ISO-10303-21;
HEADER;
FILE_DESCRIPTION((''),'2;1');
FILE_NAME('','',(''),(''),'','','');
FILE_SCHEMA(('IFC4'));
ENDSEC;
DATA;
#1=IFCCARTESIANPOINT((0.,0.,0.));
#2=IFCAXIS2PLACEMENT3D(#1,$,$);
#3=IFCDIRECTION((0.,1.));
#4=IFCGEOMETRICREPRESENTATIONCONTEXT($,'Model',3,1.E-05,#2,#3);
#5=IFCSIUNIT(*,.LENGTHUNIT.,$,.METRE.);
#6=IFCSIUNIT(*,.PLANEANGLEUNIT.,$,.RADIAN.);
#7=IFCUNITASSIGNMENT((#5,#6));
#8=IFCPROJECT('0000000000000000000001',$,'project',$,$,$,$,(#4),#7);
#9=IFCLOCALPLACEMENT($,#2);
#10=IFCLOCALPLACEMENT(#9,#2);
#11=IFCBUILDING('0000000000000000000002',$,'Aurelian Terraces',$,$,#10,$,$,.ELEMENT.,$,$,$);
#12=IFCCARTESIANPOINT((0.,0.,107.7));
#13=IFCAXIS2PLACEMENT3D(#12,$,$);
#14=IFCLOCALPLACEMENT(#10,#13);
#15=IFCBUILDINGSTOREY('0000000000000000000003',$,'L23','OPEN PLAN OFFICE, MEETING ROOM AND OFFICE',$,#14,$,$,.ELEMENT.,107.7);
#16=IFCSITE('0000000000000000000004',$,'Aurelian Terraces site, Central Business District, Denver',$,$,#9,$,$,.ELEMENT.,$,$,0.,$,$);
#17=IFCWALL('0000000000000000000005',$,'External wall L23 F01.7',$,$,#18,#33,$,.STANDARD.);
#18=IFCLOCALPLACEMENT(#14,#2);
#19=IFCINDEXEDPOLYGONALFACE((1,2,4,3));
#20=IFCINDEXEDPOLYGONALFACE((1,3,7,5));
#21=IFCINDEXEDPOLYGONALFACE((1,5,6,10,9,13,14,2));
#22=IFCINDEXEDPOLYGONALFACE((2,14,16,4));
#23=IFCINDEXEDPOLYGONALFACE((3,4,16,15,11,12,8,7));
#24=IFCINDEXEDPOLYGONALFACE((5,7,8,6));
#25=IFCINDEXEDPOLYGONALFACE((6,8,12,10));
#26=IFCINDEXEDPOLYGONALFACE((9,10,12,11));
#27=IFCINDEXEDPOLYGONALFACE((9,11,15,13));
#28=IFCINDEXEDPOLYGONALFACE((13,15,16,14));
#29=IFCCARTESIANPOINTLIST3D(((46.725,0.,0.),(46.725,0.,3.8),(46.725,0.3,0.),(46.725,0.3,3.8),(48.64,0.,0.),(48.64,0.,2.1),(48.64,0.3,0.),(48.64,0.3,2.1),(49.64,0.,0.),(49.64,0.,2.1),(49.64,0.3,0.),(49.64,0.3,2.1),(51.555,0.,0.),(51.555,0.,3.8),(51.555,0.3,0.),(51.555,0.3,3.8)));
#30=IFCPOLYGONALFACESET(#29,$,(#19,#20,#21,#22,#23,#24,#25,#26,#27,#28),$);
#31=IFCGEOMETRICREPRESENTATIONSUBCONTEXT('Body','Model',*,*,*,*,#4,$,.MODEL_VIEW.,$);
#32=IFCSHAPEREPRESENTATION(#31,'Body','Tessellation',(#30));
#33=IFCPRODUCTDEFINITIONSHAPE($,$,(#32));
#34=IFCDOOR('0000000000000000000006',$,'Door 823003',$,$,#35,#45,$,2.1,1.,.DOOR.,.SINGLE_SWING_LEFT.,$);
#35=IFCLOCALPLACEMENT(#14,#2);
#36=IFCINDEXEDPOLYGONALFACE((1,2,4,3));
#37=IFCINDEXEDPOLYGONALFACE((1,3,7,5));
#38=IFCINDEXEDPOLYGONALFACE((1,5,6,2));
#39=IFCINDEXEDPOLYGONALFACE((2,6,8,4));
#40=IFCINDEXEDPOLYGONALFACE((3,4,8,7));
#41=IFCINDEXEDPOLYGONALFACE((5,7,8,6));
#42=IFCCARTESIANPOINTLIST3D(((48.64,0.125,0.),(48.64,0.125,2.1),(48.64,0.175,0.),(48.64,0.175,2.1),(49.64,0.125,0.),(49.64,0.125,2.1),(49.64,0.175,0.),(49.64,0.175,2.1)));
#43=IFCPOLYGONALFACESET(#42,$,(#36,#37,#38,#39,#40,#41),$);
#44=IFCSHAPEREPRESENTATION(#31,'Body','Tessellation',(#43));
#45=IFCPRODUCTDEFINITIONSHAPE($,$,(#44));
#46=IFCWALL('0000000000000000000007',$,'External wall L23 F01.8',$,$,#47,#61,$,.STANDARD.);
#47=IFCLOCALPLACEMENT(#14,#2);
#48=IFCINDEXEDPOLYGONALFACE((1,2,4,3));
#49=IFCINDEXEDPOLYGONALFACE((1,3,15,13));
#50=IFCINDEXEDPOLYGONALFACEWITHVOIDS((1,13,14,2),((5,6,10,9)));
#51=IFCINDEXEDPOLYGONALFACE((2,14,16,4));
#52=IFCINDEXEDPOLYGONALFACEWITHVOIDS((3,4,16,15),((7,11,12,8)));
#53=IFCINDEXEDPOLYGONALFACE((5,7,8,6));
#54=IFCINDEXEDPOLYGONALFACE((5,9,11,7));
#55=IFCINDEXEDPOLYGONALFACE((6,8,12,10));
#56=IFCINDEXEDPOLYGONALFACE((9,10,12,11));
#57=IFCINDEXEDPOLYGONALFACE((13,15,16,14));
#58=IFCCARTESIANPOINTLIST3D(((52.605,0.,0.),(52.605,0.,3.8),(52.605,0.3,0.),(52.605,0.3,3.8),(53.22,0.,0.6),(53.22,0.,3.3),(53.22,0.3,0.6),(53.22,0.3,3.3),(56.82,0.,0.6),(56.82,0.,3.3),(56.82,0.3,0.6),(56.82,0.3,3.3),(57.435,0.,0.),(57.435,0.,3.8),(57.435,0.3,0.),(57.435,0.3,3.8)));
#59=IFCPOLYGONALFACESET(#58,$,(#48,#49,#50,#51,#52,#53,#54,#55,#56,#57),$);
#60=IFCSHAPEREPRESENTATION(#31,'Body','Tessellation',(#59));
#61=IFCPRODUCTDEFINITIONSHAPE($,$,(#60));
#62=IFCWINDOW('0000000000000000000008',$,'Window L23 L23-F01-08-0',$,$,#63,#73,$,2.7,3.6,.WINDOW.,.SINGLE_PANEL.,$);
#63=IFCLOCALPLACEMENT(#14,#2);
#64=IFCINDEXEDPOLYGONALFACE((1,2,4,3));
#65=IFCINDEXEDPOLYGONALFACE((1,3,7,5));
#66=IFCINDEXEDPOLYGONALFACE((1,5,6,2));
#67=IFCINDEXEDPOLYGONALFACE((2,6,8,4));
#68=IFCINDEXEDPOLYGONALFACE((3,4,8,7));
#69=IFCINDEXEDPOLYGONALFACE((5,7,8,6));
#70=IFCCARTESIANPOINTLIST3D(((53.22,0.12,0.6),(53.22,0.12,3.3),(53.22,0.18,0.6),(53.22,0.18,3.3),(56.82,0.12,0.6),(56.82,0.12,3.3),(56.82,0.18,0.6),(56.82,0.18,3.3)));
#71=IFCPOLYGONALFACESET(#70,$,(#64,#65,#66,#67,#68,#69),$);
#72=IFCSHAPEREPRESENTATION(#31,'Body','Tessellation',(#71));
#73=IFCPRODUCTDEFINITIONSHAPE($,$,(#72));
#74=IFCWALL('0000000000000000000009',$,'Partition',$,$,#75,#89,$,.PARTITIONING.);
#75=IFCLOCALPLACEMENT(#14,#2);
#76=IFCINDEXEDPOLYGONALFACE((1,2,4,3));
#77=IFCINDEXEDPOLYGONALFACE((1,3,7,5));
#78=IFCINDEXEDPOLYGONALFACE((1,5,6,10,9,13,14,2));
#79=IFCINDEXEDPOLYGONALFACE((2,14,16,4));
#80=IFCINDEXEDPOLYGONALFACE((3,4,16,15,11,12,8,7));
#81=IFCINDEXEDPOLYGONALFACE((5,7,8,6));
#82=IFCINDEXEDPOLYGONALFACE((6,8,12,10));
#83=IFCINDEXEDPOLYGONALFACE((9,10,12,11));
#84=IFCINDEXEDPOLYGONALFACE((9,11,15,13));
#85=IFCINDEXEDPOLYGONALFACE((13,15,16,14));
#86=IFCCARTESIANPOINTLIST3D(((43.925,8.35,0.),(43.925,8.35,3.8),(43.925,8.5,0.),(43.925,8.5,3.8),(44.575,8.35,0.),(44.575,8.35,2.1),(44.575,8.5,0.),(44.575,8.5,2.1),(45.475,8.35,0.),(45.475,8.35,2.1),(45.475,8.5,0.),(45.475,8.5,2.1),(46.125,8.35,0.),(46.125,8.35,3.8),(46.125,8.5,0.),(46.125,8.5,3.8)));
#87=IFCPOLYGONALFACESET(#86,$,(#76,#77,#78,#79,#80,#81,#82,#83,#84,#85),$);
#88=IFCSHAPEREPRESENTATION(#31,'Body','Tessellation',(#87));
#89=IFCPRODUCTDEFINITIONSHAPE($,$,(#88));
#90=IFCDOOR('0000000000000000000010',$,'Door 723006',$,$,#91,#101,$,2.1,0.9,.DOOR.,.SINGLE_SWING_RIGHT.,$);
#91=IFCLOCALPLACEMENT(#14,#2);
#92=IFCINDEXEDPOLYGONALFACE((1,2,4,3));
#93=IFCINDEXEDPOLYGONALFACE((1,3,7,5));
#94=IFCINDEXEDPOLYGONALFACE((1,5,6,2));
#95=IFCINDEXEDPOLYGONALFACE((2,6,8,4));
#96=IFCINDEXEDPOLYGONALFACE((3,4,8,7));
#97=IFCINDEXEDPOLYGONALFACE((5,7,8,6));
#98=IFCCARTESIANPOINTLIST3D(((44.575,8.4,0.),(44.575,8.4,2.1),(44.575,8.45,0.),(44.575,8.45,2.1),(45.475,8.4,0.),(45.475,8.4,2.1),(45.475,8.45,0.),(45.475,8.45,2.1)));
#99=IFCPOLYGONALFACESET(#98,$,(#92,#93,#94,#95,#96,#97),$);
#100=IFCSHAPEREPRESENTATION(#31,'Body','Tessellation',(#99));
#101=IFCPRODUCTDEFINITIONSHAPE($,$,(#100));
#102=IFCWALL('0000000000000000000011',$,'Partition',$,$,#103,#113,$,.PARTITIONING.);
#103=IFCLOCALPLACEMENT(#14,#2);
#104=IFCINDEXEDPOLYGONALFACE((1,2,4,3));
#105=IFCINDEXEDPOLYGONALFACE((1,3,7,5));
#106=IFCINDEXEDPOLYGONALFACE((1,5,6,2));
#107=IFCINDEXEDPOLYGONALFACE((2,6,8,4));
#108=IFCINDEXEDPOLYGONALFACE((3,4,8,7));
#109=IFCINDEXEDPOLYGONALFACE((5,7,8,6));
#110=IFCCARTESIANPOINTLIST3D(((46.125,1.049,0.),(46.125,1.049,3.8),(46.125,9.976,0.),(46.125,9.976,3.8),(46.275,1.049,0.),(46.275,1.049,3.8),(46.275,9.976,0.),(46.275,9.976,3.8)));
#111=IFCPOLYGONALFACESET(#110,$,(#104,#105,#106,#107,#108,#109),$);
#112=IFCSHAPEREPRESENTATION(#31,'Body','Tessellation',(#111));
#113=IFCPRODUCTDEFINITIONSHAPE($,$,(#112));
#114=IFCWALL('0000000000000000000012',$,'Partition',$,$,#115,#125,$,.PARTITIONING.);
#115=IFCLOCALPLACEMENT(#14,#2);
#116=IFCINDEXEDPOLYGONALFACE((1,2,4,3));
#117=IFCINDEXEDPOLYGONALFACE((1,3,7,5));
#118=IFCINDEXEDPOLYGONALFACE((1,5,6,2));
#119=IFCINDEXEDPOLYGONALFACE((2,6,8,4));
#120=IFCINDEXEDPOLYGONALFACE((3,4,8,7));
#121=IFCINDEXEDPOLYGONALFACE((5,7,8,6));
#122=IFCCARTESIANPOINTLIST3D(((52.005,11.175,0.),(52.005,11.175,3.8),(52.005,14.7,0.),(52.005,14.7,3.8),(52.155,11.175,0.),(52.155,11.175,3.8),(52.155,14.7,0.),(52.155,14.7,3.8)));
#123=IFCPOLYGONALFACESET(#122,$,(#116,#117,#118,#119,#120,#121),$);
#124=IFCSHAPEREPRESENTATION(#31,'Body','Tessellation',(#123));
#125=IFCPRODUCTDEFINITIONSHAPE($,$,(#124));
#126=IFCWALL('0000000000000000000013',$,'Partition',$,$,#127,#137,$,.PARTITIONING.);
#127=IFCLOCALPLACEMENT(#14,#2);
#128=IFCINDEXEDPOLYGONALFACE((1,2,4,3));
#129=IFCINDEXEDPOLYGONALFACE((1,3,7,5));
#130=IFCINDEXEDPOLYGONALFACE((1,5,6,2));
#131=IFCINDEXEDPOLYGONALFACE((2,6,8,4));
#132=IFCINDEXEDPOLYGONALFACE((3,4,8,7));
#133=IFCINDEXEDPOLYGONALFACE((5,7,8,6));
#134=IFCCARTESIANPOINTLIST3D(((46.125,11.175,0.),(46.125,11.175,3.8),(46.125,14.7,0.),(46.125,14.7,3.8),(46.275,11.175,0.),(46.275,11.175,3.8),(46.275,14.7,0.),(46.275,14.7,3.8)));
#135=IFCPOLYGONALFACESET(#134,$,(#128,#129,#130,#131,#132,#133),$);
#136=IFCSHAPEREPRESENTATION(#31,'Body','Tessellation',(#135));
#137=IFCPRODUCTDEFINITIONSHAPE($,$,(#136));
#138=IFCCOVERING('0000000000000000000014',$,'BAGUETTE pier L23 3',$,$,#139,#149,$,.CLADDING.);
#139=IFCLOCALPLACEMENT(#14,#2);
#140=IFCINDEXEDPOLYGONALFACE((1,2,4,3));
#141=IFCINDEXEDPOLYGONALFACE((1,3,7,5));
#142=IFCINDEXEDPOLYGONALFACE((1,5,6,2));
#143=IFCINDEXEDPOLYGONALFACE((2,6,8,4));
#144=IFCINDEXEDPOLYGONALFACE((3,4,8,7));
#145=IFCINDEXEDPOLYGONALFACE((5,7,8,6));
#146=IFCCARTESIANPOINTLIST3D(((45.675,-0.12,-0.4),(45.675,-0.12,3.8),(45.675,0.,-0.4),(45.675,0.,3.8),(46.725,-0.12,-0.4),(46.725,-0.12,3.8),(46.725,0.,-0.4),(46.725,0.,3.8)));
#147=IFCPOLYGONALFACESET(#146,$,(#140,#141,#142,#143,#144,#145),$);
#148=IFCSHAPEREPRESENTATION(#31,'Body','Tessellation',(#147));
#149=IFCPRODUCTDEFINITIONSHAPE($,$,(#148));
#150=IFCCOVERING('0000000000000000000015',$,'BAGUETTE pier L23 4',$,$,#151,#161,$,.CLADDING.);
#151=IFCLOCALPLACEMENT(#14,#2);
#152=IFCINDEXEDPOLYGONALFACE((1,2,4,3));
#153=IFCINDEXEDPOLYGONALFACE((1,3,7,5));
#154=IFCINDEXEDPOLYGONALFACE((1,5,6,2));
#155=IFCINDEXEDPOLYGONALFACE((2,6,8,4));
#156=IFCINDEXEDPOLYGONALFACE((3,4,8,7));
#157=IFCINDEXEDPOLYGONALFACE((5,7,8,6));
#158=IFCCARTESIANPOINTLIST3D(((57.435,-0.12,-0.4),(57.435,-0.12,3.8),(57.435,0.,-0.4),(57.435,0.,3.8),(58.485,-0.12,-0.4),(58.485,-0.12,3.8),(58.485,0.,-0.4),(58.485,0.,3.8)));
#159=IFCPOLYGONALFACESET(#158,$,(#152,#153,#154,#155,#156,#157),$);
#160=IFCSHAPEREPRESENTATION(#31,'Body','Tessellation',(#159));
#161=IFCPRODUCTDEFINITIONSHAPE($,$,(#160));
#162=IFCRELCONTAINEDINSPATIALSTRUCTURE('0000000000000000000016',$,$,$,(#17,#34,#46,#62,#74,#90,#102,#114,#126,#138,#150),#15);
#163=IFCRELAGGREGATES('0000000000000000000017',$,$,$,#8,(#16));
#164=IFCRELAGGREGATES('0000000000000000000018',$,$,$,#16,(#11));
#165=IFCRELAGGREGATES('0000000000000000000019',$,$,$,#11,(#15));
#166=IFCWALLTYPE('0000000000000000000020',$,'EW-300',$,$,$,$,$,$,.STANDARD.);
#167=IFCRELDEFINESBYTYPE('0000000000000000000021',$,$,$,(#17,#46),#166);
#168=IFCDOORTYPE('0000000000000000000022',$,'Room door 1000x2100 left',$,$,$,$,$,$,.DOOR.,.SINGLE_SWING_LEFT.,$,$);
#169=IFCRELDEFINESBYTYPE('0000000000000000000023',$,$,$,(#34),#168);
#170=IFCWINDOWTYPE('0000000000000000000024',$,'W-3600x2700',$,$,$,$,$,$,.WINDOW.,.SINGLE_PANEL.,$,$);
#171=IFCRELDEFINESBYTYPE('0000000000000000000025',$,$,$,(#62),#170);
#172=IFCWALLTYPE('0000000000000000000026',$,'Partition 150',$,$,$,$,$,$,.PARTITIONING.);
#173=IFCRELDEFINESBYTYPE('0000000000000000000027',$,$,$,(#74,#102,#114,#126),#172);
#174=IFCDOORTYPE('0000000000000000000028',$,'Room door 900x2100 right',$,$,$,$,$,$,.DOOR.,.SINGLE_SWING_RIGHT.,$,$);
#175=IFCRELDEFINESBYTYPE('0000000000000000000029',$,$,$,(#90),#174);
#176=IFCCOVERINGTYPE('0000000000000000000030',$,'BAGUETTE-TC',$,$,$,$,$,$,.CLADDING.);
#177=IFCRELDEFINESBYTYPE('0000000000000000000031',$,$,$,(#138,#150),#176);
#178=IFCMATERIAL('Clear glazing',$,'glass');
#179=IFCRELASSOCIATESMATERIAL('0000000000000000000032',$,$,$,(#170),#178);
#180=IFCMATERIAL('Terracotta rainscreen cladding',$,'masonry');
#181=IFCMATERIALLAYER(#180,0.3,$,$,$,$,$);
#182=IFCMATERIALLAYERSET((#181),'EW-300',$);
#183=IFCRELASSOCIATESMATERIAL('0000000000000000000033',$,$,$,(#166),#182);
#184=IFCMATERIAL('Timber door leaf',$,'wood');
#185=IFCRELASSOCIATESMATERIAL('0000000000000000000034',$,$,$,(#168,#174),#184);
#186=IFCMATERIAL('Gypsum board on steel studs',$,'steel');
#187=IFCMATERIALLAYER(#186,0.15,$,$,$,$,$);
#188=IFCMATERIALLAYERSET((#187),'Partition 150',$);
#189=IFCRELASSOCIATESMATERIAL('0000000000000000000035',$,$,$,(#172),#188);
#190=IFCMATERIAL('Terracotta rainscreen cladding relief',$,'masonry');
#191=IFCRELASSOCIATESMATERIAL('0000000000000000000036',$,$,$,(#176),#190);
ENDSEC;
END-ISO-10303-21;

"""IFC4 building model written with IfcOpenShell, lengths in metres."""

from ifc_helpers import new_model, si_unit, direction, frame, frame_2d, origin, origin_2d, place, context, subcontext, project, spatial, rectangle, extrude, source, transform, mapped, material, layer, layer_set, type_object, element, fill, save


model = new_model("IFC4")

# Units and contexts
model_context = context("Model", 3, precision=1e-05, world=origin(), true_north=direction((0.0, 1.0)))
body_context = subcontext(model_context, "Body", "Model", "MODEL_VIEW")
ifc_project = project(units=[si_unit("LENGTHUNIT", "METRE"), si_unit("PLANEANGLEUNIT", "RADIAN")], contexts=[model_context])

# Site, building, storey
site_placement = place(None, origin())
site = spatial("IfcSite", under=ifc_project, at=site_placement, Name="Aurelian Terraces site, Central Business District, Denver", CompositionType="ELEMENT", RefElevation=0.0)
building_placement = place(site_placement, origin())
building = spatial("IfcBuilding", under=site, at=building_placement, Name="Aurelian Terraces", CompositionType="ELEMENT")
storey_placement = place(building_placement, frame((0.0, 0.0, 107.7)))
storey = spatial("IfcBuildingStorey", under=building, at=storey_placement, Name="L23", Description="OPEN PLAN OFFICE, MEETING ROOM AND OFFICE", CompositionType="ELEMENT", Elevation=107.7)

# Shared definitions
ifc_material_1 = material(Name="Clear glazing", Category="glass")
shared_shape_1 = source(origin(), body_context, "Body", "SweptSolid", [
    extrude(rectangle(XDim=3.6, YDim=2.7, at=frame_2d((1.8, 1.35))), frame((0.0, 0.16, 0.0), z_axis=(0.0, -1.0, 0.0), x_axis=(1.0, 0.0, 0.0)), (0.0, 0.0, 1.0), 0.32),
])
window_type_1 = type_object("IfcWindowType", Name="W-3600x2700", PartitioningType="SINGLE_PANEL", PredefinedType="WINDOW", material=ifc_material_1)
shared_shape_2 = source(origin(), body_context, "Body", "SweptSolid", [
    extrude(rectangle(XDim=3.6, YDim=2.7, at=frame_2d((1.8, 1.35))), frame((0.0, 0.03, 0.0), z_axis=(0.0, -1.0, 0.0), x_axis=(1.0, 0.0, 0.0)), (0.0, 0.0, 1.0), 0.06),
])

# Wall, opening, door
ifc_material_2 = material(Name="Terracotta rainscreen cladding", Category="masonry")
ifc_layer_1 = layer(ifc_material_2, 0.3)
ifc_layer_set_1 = layer_set([ifc_layer_1], Name="EW-300")
wall_type_1 = type_object("IfcWallType", Name="EW-300", PredefinedType="STANDARD", material=ifc_layer_set_1)
shared_shape_3 = source(origin(), body_context, "Body", "SweptSolid", [
    extrude(rectangle(XDim=4.83, YDim=0.3, at=frame_2d((2.415, 0.0))), origin(), (0.0, 0.0, 1.0), 3.8),
])
wall_1_placement = place(storey_placement, frame((46.725, 0.15, 0.0), z_axis=(0.0, 0.0, 1.0), x_axis=(1.0, 0.0, 0.0)))
wall_1 = element("IfcWall", 1, at=wall_1_placement, inside=storey, type_object=wall_type_1, Name="External wall L23 F01.7", PredefinedType="STANDARD", context=body_context, shape_type="MappedRepresentation", body=[
    mapped(shared_shape_3, transform((0.0, 0.0, 0.0), scale=1.0)),
])
shared_shape_4 = source(origin(), body_context, "Body", "SweptSolid", [
    extrude(rectangle(XDim=1.0, YDim=2.1, at=frame_2d((0.5, 1.05))), frame((0.0, 0.16, 0.0), z_axis=(0.0, -1.0, 0.0), x_axis=(1.0, 0.0, 0.0)), (0.0, 0.0, 1.0), 0.32),
])
opening_1_placement = place(wall_1_placement, frame((1.915, 0.0, 0.0)))
opening_1 = element("IfcOpeningElement", 2, at=opening_1_placement, cuts=wall_1, PredefinedType="OPENING", context=body_context, shape_type="MappedRepresentation", body=[
    mapped(shared_shape_4, transform((0.0, 0.0, 0.0), scale=1.0)),
])
ifc_material_3 = material(Name="Timber door leaf", Category="wood")
door_type_1 = type_object("IfcDoorType", Name="Room door 1000x2100 left", OperationType="SINGLE_SWING_LEFT", PredefinedType="DOOR", material=ifc_material_3)
shared_shape_5 = source(origin(), body_context, "Body", "SweptSolid", [
    extrude(rectangle(XDim=1.0, YDim=2.1, at=frame_2d((0.5, 1.05))), frame((0.0, 0.025, 0.0), z_axis=(0.0, -1.0, 0.0), x_axis=(1.0, 0.0, 0.0)), (0.0, 0.0, 1.0), 0.05),
])
door_1_placement = place(opening_1_placement, origin())
door_1 = element("IfcDoor", 3, at=door_1_placement, inside=storey, type_object=door_type_1, Name="Door 823003", OperationType="SINGLE_SWING_LEFT", OverallHeight=2.1, OverallWidth=1.0, PredefinedType="DOOR", context=body_context, shape_type="MappedRepresentation", body=[
    mapped(shared_shape_5, transform((0.0, 0.0, 0.0), scale=1.0)),
])
fill(opening_1, door_1)

# Wall, opening, window
wall_2_placement = place(storey_placement, frame((52.605, 0.15, 0.0), z_axis=(0.0, 0.0, 1.0), x_axis=(1.0, 0.0, 0.0)))
wall_2 = element("IfcWall", 4, at=wall_2_placement, inside=storey, type_object=wall_type_1, Name="External wall L23 F01.8", PredefinedType="STANDARD", context=body_context, shape_type="MappedRepresentation", body=[
    mapped(shared_shape_3, transform((0.0, 0.0, 0.0), scale=1.0)),
])
opening_2_placement = place(wall_2_placement, frame((0.615, 0.0, 0.6)))
opening_2 = element("IfcOpeningElement", 5, at=opening_2_placement, cuts=wall_2, PredefinedType="OPENING", context=body_context, shape_type="MappedRepresentation", body=[
    mapped(shared_shape_1, transform((0.0, 0.0, 0.0), scale=1.0)),
])
window_1_placement = place(opening_2_placement, origin())
window_1 = element("IfcWindow", 6, at=window_1_placement, inside=storey, type_object=window_type_1, Name="Window L23 L23-F01-08-0", OverallHeight=2.7, OverallWidth=3.6, PartitioningType="SINGLE_PANEL", PredefinedType="WINDOW", context=body_context, shape_type="MappedRepresentation", body=[
    mapped(shared_shape_2, transform((0.0, 0.0, 0.0), scale=1.0)),
])
fill(opening_2, window_1)

# Wall, opening, door
ifc_material_4 = material(Name="Gypsum board on steel studs", Category="steel")
ifc_layer_2 = layer(ifc_material_4, 0.15)
ifc_layer_set_2 = layer_set([ifc_layer_2], Name="Partition 150")
wall_type_2 = type_object("IfcWallType", Name="Partition 150", PredefinedType="PARTITIONING", material=ifc_layer_set_2)
shared_shape_6 = source(origin(), body_context, "Body", "SweptSolid", [
    extrude(rectangle(XDim=2.2, YDim=0.15, at=frame_2d((1.1, 0.0))), origin(), (0.0, 0.0, 1.0), 3.8),
])
wall_3_placement = place(storey_placement, frame((46.125, 8.425, 0.0), z_axis=(0.0, 0.0, 1.0), x_axis=(-1.0, 0.0, 0.0)))
wall_3 = element("IfcWall", 7, at=wall_3_placement, inside=storey, type_object=wall_type_2, Name="Partition", PredefinedType="PARTITIONING", context=body_context, shape_type="MappedRepresentation", body=[
    mapped(shared_shape_6, transform((0.0, 0.0, 0.0), scale=1.0)),
])
shared_shape_7 = source(origin(), body_context, "Body", "SweptSolid", [
    extrude(rectangle(XDim=0.9, YDim=2.1, at=frame_2d((0.45, 1.05))), frame((0.0, 0.085, 0.0), z_axis=(0.0, -1.0, 0.0), x_axis=(1.0, 0.0, 0.0)), (0.0, 0.0, 1.0), 0.17),
])
opening_3_placement = place(wall_3_placement, frame((0.65, 0.0, 0.0)))
opening_3 = element("IfcOpeningElement", 8, at=opening_3_placement, cuts=wall_3, PredefinedType="OPENING", context=body_context, shape_type="MappedRepresentation", body=[
    mapped(shared_shape_7, transform((0.0, 0.0, 0.0), scale=1.0)),
])
door_type_2 = type_object("IfcDoorType", Name="Room door 900x2100 right", OperationType="SINGLE_SWING_RIGHT", PredefinedType="DOOR", material=ifc_material_3)
shared_shape_8 = source(origin(), body_context, "Body", "SweptSolid", [
    extrude(rectangle(XDim=0.9, YDim=2.1, at=frame_2d((0.45, 1.05))), frame((0.0, 0.025, 0.0), z_axis=(0.0, -1.0, 0.0), x_axis=(1.0, 0.0, 0.0)), (0.0, 0.0, 1.0), 0.05),
])
door_2_placement = place(opening_3_placement, origin())
door_2 = element("IfcDoor", 9, at=door_2_placement, inside=storey, type_object=door_type_2, Name="Door 723006", OperationType="SINGLE_SWING_RIGHT", OverallHeight=2.1, OverallWidth=0.9, PredefinedType="DOOR", context=body_context, shape_type="MappedRepresentation", body=[
    mapped(shared_shape_8, transform((0.0, 0.0, 0.0), scale=1.0)),
])
fill(opening_3, door_2)

# Walls
shared_shape_9 = source(origin(), body_context, "Body", "SweptSolid", [
    extrude(rectangle(XDim=8.927, YDim=0.15, at=frame_2d((4.4635, 0.0))), origin(), (0.0, 0.0, 1.0), 3.8),
])
wall_4_placement = place(storey_placement, frame((46.2, 1.049, 0.0), z_axis=(0.0, 0.0, 1.0), x_axis=(0.0, 1.0, 0.0)))
element("IfcWall", 10, at=wall_4_placement, inside=storey, type_object=wall_type_2, Name="Partition", PredefinedType="PARTITIONING", context=body_context, shape_type="MappedRepresentation", body=[
    mapped(shared_shape_9, transform((0.0, 0.0, 0.0), scale=1.0)),
])
shared_shape_10 = source(origin(), body_context, "Body", "SweptSolid", [
    extrude(rectangle(XDim=3.525, YDim=0.15, at=frame_2d((1.7625, 0.0))), origin(), (0.0, 0.0, 1.0), 3.8),
])
for number, where, z_axis, x_axis, name in (
    (11, (52.08, 11.175, 0.0), (0.0, 0.0, 1.0), (0.0, 1.0, 0.0), "Partition"),
    (12, (46.2, 11.175, 0.0), (0.0, 0.0, 1.0), (0.0, 1.0, 0.0), "Partition"),
):
    element("IfcWall", number, at=place(storey_placement, frame(where, z_axis=z_axis, x_axis=x_axis)), inside=storey, type_object=wall_type_2, Name=name, PredefinedType="PARTITIONING", context=body_context, shape_type="MappedRepresentation", body=[
        mapped(shared_shape_10, transform((0.0, 0.0, 0.0), scale=1.0)),
    ])

# Coverings
ifc_material_5 = material(Name="Terracotta rainscreen cladding relief", Category="masonry")
covering_type = type_object("IfcCoveringType", Name="BAGUETTE-TC", PredefinedType="CLADDING", material=ifc_material_5)
shared_shape_11 = source(origin(), body_context, "Body", "SweptSolid", [
    extrude(rectangle(XDim=1.05, YDim=0.12, at=origin_2d()), origin(), (0.0, 0.0, 1.0), 4.2),
])
for number, where, z_axis, x_axis, name in (
    (13, (46.2, -0.06, -0.4), (0.0, 0.0, 1.0), (1.0, 0.0, 0.0), "BAGUETTE pier L23 3"),
    (14, (57.96, -0.06, -0.4), (0.0, 0.0, 1.0), (1.0, 0.0, 0.0), "BAGUETTE pier L23 4"),
):
    element("IfcCovering", number, at=place(storey_placement, frame(where, z_axis=z_axis, x_axis=x_axis)), inside=storey, type_object=covering_type, Name=name, PredefinedType="CLADDING", context=body_context, shape_type="MappedRepresentation", body=[
        mapped(shared_shape_11, transform((0.0, 0.0, 0.0), scale=1.0)),
    ])

save(model, "model.ifc")
